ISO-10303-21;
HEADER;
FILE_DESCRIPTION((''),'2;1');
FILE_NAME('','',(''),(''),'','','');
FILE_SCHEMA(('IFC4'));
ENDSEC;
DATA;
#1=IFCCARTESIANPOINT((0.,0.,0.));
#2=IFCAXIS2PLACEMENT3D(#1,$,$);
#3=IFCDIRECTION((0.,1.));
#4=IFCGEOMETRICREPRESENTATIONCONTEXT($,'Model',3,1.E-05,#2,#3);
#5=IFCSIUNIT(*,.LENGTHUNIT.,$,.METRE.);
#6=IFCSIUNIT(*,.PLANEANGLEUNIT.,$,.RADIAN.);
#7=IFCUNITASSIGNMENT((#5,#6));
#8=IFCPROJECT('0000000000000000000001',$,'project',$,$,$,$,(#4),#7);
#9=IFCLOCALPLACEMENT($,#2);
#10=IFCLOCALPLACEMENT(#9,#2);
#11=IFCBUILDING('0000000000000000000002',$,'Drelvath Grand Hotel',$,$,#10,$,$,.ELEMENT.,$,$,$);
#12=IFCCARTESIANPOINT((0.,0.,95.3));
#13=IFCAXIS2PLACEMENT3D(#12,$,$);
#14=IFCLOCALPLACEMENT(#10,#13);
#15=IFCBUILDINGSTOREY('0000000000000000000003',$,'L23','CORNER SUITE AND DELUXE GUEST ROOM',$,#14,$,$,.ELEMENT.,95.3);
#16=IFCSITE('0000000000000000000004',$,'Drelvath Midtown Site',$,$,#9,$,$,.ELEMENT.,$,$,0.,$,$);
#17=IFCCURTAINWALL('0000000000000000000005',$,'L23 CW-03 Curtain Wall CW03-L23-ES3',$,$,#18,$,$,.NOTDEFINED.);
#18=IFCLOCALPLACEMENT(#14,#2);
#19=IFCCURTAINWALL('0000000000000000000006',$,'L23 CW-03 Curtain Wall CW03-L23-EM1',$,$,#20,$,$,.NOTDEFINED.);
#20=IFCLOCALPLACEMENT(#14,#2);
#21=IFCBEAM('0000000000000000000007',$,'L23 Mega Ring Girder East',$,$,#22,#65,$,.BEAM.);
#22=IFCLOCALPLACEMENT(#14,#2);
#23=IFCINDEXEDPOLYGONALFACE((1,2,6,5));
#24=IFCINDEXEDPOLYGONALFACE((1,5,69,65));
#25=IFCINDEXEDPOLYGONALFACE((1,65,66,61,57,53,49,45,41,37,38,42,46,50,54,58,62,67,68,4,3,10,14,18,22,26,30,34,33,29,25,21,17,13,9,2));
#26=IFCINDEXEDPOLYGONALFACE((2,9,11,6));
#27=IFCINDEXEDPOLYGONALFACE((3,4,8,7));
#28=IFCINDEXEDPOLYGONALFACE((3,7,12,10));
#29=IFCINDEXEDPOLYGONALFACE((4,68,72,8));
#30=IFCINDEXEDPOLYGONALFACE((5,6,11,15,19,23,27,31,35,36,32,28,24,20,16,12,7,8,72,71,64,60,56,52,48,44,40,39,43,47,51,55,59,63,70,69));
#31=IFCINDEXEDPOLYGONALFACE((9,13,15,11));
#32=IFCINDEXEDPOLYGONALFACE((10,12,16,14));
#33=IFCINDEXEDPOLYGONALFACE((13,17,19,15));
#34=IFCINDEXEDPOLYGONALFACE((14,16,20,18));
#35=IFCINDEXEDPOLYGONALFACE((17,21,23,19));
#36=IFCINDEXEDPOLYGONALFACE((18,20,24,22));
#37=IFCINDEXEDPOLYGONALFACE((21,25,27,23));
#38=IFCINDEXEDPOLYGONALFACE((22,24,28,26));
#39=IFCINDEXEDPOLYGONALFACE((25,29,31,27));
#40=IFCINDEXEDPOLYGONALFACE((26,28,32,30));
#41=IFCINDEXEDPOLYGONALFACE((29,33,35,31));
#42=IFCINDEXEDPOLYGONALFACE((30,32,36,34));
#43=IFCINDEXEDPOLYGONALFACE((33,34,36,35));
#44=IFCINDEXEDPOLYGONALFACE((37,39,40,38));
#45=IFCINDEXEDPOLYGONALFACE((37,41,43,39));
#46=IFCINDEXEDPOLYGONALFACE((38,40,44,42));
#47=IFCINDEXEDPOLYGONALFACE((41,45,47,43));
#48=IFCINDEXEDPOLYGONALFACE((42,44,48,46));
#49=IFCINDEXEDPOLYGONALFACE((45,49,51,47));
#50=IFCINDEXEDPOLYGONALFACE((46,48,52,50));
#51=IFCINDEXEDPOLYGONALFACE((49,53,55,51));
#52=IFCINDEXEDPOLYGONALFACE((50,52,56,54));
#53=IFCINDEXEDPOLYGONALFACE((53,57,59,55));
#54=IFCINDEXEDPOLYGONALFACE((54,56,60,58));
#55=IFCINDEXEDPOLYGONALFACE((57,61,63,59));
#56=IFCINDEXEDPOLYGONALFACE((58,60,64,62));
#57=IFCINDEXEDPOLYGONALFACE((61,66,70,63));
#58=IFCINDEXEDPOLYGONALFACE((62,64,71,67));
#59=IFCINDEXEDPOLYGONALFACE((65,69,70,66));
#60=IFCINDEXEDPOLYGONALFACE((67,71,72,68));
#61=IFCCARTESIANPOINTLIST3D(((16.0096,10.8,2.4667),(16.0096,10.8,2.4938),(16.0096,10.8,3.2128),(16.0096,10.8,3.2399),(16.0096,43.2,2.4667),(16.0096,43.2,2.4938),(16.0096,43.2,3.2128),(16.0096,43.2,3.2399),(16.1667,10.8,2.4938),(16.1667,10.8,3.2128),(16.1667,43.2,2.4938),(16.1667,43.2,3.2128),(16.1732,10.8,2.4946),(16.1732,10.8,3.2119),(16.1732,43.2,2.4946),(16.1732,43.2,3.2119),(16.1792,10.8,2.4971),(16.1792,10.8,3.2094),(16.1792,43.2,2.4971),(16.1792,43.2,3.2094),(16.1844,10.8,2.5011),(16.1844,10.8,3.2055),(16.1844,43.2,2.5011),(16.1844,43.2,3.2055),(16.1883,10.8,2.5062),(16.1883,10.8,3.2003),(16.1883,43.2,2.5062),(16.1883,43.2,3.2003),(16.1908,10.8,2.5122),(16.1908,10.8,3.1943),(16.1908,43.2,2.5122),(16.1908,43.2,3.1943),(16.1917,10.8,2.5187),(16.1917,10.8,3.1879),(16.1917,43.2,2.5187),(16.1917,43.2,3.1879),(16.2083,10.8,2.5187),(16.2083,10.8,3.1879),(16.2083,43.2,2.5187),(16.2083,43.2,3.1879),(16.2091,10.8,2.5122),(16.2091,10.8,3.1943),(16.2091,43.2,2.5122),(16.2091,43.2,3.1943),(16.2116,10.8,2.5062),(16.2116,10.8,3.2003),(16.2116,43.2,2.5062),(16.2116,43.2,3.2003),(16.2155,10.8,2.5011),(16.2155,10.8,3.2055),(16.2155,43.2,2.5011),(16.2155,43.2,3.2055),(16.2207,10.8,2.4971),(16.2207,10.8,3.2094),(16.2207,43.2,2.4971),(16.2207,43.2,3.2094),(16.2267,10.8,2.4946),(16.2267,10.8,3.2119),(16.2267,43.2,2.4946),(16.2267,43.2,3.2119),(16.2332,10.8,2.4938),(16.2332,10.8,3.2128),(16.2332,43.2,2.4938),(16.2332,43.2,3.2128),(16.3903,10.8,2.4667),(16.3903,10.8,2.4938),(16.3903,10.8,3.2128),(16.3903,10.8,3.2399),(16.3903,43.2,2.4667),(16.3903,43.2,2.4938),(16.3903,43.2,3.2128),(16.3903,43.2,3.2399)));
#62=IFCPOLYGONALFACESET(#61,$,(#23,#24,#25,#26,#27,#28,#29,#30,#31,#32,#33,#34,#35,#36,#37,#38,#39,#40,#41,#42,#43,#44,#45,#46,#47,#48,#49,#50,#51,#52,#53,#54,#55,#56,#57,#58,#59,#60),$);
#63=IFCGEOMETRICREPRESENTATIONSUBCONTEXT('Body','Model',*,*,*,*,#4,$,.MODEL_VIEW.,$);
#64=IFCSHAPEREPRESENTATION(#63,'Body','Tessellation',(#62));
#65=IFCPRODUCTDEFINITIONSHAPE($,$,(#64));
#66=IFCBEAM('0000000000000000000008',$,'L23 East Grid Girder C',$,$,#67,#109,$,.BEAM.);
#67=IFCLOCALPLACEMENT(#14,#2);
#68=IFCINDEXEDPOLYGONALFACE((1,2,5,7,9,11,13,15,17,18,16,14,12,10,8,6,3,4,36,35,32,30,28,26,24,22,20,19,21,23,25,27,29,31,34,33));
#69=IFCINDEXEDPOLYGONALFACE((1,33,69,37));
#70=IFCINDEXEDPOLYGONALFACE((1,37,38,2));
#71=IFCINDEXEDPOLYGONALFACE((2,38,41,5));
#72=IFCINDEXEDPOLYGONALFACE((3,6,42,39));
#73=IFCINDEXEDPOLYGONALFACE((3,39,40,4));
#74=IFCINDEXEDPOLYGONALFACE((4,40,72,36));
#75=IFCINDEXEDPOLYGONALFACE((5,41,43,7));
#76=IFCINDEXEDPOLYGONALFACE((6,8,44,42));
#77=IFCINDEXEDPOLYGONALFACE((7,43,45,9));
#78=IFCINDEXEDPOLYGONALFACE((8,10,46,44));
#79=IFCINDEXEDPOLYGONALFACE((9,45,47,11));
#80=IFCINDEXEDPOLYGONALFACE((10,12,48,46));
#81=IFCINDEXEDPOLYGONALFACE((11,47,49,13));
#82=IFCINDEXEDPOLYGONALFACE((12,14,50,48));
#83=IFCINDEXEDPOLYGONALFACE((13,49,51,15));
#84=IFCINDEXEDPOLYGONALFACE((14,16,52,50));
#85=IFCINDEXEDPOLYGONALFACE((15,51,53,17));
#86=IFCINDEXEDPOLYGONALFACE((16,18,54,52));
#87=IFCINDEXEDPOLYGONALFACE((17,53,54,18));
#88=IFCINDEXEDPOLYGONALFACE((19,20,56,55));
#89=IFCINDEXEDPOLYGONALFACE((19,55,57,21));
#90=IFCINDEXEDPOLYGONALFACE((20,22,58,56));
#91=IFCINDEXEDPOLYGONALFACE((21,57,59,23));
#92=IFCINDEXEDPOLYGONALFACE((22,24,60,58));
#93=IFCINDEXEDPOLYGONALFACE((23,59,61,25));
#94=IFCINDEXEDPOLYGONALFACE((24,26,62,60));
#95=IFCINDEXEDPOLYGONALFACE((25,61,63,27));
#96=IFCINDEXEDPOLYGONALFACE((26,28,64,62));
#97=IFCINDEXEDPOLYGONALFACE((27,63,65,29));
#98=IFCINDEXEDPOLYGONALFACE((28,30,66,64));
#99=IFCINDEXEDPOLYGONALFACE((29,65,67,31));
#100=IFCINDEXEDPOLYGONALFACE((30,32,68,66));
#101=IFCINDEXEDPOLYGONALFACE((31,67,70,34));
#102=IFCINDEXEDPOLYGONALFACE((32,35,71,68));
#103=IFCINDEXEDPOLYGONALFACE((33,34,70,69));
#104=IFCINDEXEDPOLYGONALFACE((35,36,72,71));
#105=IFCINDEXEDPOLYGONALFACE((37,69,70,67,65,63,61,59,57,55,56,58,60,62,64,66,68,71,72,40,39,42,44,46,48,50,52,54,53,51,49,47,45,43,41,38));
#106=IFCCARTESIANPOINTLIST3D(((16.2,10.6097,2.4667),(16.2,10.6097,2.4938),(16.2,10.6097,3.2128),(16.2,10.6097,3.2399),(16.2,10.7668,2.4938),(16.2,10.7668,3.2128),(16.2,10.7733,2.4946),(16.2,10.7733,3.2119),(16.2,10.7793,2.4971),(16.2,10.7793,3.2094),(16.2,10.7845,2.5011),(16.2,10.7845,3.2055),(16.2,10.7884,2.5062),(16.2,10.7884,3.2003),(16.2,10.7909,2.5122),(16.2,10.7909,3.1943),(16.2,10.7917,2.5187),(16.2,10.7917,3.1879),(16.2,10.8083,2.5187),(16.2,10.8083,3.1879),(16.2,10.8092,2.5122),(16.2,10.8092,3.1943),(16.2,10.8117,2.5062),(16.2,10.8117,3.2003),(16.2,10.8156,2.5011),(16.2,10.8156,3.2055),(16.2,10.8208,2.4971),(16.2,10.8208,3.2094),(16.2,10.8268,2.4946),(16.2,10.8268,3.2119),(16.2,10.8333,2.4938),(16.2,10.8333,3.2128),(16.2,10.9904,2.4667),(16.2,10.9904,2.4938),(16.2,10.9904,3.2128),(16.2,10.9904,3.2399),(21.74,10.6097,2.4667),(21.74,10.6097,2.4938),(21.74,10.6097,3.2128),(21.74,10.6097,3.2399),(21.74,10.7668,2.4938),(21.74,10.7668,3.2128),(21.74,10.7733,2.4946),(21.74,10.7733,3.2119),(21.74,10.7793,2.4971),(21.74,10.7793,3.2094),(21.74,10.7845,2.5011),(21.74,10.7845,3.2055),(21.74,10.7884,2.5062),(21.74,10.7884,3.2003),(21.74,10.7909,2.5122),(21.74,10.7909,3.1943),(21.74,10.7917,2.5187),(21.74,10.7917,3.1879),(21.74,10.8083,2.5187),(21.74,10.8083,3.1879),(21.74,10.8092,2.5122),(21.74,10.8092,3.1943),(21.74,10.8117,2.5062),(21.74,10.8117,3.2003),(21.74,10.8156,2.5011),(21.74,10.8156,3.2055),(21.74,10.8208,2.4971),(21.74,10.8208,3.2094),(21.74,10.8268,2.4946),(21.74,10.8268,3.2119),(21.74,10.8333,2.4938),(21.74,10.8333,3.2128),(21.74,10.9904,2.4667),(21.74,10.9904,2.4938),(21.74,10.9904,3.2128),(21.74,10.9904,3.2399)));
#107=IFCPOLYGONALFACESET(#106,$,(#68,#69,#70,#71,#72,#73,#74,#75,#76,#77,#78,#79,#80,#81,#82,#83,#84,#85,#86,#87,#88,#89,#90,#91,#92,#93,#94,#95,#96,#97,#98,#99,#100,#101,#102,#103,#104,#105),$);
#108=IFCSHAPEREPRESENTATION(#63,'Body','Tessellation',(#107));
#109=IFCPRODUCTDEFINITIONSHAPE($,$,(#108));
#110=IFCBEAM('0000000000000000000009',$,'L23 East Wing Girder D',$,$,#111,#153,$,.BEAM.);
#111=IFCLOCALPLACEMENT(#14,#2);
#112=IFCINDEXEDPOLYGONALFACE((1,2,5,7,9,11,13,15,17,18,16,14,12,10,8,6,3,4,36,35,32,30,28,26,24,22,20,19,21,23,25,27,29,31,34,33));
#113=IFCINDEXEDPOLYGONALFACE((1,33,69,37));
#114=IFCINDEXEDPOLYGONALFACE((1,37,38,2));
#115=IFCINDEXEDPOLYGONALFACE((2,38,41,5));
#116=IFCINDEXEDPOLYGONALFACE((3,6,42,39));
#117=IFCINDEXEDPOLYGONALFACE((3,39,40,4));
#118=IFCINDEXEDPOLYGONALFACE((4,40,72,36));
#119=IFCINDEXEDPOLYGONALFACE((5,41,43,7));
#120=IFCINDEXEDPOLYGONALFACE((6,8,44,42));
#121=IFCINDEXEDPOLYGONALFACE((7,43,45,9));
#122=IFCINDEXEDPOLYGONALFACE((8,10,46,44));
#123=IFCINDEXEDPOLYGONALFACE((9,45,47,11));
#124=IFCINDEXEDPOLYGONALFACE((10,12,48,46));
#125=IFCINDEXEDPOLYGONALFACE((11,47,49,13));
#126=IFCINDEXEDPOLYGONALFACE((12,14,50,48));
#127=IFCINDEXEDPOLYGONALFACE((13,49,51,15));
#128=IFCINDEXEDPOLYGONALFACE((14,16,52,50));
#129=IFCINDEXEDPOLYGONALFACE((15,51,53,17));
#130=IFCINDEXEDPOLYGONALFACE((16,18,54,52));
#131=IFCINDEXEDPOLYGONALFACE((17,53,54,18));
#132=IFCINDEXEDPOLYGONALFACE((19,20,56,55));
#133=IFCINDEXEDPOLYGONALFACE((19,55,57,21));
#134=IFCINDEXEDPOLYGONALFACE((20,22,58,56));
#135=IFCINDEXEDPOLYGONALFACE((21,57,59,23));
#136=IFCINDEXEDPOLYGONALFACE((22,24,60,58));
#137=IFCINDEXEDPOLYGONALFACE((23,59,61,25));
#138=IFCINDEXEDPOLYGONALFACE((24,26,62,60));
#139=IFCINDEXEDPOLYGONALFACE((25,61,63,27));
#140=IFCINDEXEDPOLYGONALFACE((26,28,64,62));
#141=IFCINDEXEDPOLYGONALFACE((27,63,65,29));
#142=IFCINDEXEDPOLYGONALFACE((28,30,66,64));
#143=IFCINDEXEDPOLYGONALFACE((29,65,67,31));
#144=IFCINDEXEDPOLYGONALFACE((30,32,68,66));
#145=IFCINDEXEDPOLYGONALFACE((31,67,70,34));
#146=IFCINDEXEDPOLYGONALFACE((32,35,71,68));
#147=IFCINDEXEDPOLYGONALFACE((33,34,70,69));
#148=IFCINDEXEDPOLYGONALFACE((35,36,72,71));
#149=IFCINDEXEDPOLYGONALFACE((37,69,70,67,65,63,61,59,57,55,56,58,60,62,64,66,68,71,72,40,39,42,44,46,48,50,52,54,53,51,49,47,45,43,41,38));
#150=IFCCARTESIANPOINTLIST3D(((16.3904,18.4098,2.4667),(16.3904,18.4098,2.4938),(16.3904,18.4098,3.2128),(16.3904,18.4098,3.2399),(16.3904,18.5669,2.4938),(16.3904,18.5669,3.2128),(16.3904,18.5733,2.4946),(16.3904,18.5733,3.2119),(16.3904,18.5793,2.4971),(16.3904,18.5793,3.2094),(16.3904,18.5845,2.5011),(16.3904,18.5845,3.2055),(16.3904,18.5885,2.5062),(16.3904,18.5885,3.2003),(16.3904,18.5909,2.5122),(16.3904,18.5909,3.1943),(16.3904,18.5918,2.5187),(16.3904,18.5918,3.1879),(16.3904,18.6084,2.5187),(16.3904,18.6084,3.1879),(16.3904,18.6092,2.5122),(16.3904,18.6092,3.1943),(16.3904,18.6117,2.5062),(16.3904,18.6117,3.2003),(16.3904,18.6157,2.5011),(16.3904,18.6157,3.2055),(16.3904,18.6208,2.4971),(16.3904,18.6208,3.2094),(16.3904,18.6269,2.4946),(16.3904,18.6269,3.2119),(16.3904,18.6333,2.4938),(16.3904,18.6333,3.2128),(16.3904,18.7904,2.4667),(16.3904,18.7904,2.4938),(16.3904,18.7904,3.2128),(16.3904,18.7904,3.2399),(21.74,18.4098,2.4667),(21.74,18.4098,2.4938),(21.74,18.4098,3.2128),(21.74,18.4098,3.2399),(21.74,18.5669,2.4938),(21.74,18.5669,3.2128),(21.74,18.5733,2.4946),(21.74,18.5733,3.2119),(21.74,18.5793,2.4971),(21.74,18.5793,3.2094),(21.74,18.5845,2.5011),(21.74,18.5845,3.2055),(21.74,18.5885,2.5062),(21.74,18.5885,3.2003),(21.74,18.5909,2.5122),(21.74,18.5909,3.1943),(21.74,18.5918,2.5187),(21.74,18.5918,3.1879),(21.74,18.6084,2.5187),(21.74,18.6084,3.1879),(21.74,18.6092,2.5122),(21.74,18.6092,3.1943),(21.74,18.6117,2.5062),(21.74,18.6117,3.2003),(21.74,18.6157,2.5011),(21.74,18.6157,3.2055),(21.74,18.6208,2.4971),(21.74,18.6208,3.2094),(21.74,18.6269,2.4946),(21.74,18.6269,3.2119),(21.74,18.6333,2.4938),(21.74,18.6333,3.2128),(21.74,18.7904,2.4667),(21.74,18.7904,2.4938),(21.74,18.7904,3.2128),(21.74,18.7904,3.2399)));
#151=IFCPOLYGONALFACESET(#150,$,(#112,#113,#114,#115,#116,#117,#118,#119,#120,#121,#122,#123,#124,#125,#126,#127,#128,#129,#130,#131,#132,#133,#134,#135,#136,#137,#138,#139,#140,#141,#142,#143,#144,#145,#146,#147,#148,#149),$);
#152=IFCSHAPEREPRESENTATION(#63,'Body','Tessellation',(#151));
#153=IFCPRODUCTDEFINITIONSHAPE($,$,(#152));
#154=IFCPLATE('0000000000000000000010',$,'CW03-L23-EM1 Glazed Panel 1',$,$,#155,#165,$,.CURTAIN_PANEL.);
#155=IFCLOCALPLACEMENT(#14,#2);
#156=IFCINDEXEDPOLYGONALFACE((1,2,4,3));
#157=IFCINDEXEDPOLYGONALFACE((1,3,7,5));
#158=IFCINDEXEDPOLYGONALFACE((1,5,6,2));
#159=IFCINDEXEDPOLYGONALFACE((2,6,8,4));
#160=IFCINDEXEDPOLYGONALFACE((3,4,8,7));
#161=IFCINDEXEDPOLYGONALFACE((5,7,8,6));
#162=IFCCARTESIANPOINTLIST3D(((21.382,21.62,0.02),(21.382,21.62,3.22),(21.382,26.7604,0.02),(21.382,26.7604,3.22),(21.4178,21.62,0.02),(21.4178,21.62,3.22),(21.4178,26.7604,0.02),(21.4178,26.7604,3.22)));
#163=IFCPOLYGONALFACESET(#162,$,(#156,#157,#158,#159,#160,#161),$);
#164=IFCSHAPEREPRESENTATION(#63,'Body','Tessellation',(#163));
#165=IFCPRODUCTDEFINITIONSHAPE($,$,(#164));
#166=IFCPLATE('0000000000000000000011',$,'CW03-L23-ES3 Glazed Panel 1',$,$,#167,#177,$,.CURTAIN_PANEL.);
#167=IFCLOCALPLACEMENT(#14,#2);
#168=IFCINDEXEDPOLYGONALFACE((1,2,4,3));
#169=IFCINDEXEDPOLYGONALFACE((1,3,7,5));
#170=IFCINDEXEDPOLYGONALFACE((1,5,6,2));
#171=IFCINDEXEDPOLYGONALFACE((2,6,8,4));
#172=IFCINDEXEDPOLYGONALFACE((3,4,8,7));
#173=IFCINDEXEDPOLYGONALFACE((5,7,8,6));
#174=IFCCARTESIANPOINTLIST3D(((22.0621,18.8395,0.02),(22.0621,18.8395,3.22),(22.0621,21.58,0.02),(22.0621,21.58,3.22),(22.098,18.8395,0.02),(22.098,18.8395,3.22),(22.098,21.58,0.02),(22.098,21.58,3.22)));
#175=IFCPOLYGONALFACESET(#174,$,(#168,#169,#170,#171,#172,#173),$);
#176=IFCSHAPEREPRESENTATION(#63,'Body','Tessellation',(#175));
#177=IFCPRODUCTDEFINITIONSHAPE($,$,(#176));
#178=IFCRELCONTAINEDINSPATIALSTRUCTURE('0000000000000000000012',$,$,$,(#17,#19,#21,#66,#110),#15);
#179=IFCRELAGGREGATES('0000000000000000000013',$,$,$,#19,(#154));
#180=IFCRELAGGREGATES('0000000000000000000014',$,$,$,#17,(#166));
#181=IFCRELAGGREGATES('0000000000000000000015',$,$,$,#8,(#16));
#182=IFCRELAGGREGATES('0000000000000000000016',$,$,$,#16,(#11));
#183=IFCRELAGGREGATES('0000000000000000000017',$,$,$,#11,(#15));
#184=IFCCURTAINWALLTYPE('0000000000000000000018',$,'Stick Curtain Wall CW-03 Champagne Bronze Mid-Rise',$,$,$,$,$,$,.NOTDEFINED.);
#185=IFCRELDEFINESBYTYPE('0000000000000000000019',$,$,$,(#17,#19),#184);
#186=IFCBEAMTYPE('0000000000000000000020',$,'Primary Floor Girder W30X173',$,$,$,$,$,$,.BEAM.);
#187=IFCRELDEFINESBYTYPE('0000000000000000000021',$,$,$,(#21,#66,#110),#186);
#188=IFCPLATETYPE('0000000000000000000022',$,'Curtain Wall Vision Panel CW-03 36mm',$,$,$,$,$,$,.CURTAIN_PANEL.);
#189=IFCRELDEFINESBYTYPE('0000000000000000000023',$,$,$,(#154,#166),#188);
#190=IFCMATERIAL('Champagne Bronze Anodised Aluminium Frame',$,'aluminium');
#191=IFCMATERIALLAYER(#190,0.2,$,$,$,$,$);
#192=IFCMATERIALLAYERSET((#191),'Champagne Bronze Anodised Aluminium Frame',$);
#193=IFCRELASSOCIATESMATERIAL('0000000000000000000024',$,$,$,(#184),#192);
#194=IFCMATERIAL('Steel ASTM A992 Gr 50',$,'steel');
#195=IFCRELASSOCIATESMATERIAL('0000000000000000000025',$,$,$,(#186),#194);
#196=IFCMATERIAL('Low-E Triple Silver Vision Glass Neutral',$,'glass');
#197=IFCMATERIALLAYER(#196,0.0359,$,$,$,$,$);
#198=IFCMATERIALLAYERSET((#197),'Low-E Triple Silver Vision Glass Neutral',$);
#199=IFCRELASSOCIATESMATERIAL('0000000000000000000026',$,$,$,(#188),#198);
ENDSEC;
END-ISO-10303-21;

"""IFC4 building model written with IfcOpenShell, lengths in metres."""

from ifc_helpers import new_model, si_unit, direction, frame, origin, origin_2d, place, context, subcontext, project, spatial, rectangle, i_section, extrude, material, layer, layer_set, material_profile, profile_set, type_object, element, aggregate, save


model = new_model("IFC4")

# Units and contexts
model_context = context("Model", 3, precision=1e-05, world=origin(), true_north=direction((0.0, 1.0)))
body_context = subcontext(model_context, "Body", "Model", "MODEL_VIEW")
ifc_project = project(units=[si_unit("LENGTHUNIT", "METRE"), si_unit("PLANEANGLEUNIT", "RADIAN")], contexts=[model_context])

# Site, building, storey
site_placement = place(None, origin())
site = spatial("IfcSite", under=ifc_project, at=site_placement, Name="Drelvath Midtown Site", CompositionType="ELEMENT", RefElevation=0.0)
building_placement = place(site_placement, origin())
building = spatial("IfcBuilding", under=site, at=building_placement, Name="Drelvath Grand Hotel", CompositionType="ELEMENT")
storey_placement = place(building_placement, frame((0.0, 0.0, 95.3)))
storey = spatial("IfcBuildingStorey", under=building, at=storey_placement, Name="L23", Description="CORNER SUITE AND DELUXE GUEST ROOM", CompositionType="ELEMENT", Elevation=95.3)

# Shared definitions
ifc_material_1 = material(Name="Steel ASTM A992 Gr 50", Category="steel")

# Curtain walls
ifc_material_2 = material(Name="Champagne Bronze Anodised Aluminium Frame", Category="aluminium")
ifc_layer_1 = layer(ifc_material_2, 0.2)
ifc_layer_set_1 = layer_set([ifc_layer_1], Name="Champagne Bronze Anodised Aluminium Frame")
curtain_wall_type = type_object("IfcCurtainWallType", Name="Stick Curtain Wall CW-03 Champagne Bronze Mid-Rise", PredefinedType="NOTDEFINED", material=ifc_layer_set_1)
curtain_wall_1_placement = place(storey_placement, origin())
curtain_wall_1 = element("IfcCurtainWall", 1, at=curtain_wall_1_placement, inside=storey, type_object=curtain_wall_type, Name="L23 CW-03 Curtain Wall CW03-L23-ES3", PredefinedType="NOTDEFINED")
curtain_wall_2_placement = place(storey_placement, origin())
curtain_wall_2 = element("IfcCurtainWall", 2, at=curtain_wall_2_placement, inside=storey, type_object=curtain_wall_type, Name="L23 CW-03 Curtain Wall CW03-L23-EM1", PredefinedType="NOTDEFINED")

# Beams
ifc_material_profile_1 = material_profile(ifc_material_1, i_section(OverallWidth=0.3806, OverallDepth=0.7732, WebThickness=0.0166, FlangeThickness=0.0271, FilletRadius=0.0249, at=origin_2d()), Name="W30X173")
ifc_profile_set_1 = profile_set([ifc_material_profile_1], Name="Steel ASTM A992 Gr 50")
beam_type_1 = type_object("IfcBeamType", Name="Primary Floor Girder W30X173", PredefinedType="BEAM", material=ifc_profile_set_1)
beam_1_placement = place(storey_placement, frame((16.2, 10.8, 2.8533), z_axis=(0.0, 1.0, 0.0), x_axis=(-1.0, 0.0, 0.0)))
element("IfcBeam", 3, at=beam_1_placement, inside=storey, type_object=beam_type_1, Name="L23 Mega Ring Girder East", PredefinedType="BEAM", context=body_context, shape_type="SweptSolid", body=[
    extrude(i_section(OverallWidth=0.3806, OverallDepth=0.7732, WebThickness=0.0166, FlangeThickness=0.0271, FilletRadius=0.0249, at=origin_2d()), origin(), (0.0, 0.0, 1.0), 32.3999),
])
beam_2_placement = place(storey_placement, frame((16.2, 10.8, 2.8533), z_axis=(1.0, 0.0, 0.0), x_axis=(0.0, 1.0, 0.0)))
element("IfcBeam", 4, at=beam_2_placement, inside=storey, type_object=beam_type_1, Name="L23 East Grid Girder C", PredefinedType="BEAM", context=body_context, shape_type="SweptSolid", body=[
    extrude(i_section(OverallWidth=0.3806, OverallDepth=0.7732, WebThickness=0.0166, FlangeThickness=0.0271, FilletRadius=0.0249, at=origin_2d()), origin(), (0.0, 0.0, 1.0), 5.54),
])
beam_3_placement = place(storey_placement, frame((16.3904, 18.6001, 2.8533), z_axis=(1.0, 0.0, 0.0), x_axis=(0.0, 1.0, 0.0)))
element("IfcBeam", 5, at=beam_3_placement, inside=storey, type_object=beam_type_1, Name="L23 East Wing Girder D", PredefinedType="BEAM", context=body_context, shape_type="SweptSolid", body=[
    extrude(i_section(OverallWidth=0.3806, OverallDepth=0.7732, WebThickness=0.0166, FlangeThickness=0.0271, FilletRadius=0.0249, at=origin_2d()), origin(), (0.0, 0.0, 1.0), 5.3496),
])

# Plates
ifc_material_3 = material(Name="Low-E Triple Silver Vision Glass Neutral", Category="glass")
ifc_layer_2 = layer(ifc_material_3, 0.0359)
ifc_layer_set_2 = layer_set([ifc_layer_2], Name="Low-E Triple Silver Vision Glass Neutral")
plate_type = type_object("IfcPlateType", Name="Curtain Wall Vision Panel CW-03 36mm", PredefinedType="CURTAIN_PANEL", material=ifc_layer_set_2)
plate_1_placement = place(storey_placement, frame((21.3999, 24.1902, 0.02), z_axis=(0.0, 0.0, 1.0), x_axis=(0.0, -1.0, 0.0)))
plate_1 = element("IfcPlate", 6, at=plate_1_placement, type_object=plate_type, Name="CW03-L23-EM1 Glazed Panel 1", PredefinedType="CURTAIN_PANEL", context=body_context, shape_type="SweptSolid", body=[
    extrude(rectangle(XDim=5.1404, YDim=0.0359, at=origin_2d()), origin(), (0.0, 0.0, 1.0), 3.2),
])
aggregate(curtain_wall_2, [plate_1])
plate_2_placement = place(storey_placement, frame((22.0801, 20.2097, 0.02), z_axis=(0.0, 0.0, 1.0), x_axis=(0.0, -1.0, 0.0)))
plate_2 = element("IfcPlate", 7, at=plate_2_placement, type_object=plate_type, Name="CW03-L23-ES3 Glazed Panel 1", PredefinedType="CURTAIN_PANEL", context=body_context, shape_type="SweptSolid", body=[
    extrude(rectangle(XDim=2.7405, YDim=0.0359, at=origin_2d()), origin(), (0.0, 0.0, 1.0), 3.2),
])
aggregate(curtain_wall_1, [plate_2])

save(model, "model.ifc")
